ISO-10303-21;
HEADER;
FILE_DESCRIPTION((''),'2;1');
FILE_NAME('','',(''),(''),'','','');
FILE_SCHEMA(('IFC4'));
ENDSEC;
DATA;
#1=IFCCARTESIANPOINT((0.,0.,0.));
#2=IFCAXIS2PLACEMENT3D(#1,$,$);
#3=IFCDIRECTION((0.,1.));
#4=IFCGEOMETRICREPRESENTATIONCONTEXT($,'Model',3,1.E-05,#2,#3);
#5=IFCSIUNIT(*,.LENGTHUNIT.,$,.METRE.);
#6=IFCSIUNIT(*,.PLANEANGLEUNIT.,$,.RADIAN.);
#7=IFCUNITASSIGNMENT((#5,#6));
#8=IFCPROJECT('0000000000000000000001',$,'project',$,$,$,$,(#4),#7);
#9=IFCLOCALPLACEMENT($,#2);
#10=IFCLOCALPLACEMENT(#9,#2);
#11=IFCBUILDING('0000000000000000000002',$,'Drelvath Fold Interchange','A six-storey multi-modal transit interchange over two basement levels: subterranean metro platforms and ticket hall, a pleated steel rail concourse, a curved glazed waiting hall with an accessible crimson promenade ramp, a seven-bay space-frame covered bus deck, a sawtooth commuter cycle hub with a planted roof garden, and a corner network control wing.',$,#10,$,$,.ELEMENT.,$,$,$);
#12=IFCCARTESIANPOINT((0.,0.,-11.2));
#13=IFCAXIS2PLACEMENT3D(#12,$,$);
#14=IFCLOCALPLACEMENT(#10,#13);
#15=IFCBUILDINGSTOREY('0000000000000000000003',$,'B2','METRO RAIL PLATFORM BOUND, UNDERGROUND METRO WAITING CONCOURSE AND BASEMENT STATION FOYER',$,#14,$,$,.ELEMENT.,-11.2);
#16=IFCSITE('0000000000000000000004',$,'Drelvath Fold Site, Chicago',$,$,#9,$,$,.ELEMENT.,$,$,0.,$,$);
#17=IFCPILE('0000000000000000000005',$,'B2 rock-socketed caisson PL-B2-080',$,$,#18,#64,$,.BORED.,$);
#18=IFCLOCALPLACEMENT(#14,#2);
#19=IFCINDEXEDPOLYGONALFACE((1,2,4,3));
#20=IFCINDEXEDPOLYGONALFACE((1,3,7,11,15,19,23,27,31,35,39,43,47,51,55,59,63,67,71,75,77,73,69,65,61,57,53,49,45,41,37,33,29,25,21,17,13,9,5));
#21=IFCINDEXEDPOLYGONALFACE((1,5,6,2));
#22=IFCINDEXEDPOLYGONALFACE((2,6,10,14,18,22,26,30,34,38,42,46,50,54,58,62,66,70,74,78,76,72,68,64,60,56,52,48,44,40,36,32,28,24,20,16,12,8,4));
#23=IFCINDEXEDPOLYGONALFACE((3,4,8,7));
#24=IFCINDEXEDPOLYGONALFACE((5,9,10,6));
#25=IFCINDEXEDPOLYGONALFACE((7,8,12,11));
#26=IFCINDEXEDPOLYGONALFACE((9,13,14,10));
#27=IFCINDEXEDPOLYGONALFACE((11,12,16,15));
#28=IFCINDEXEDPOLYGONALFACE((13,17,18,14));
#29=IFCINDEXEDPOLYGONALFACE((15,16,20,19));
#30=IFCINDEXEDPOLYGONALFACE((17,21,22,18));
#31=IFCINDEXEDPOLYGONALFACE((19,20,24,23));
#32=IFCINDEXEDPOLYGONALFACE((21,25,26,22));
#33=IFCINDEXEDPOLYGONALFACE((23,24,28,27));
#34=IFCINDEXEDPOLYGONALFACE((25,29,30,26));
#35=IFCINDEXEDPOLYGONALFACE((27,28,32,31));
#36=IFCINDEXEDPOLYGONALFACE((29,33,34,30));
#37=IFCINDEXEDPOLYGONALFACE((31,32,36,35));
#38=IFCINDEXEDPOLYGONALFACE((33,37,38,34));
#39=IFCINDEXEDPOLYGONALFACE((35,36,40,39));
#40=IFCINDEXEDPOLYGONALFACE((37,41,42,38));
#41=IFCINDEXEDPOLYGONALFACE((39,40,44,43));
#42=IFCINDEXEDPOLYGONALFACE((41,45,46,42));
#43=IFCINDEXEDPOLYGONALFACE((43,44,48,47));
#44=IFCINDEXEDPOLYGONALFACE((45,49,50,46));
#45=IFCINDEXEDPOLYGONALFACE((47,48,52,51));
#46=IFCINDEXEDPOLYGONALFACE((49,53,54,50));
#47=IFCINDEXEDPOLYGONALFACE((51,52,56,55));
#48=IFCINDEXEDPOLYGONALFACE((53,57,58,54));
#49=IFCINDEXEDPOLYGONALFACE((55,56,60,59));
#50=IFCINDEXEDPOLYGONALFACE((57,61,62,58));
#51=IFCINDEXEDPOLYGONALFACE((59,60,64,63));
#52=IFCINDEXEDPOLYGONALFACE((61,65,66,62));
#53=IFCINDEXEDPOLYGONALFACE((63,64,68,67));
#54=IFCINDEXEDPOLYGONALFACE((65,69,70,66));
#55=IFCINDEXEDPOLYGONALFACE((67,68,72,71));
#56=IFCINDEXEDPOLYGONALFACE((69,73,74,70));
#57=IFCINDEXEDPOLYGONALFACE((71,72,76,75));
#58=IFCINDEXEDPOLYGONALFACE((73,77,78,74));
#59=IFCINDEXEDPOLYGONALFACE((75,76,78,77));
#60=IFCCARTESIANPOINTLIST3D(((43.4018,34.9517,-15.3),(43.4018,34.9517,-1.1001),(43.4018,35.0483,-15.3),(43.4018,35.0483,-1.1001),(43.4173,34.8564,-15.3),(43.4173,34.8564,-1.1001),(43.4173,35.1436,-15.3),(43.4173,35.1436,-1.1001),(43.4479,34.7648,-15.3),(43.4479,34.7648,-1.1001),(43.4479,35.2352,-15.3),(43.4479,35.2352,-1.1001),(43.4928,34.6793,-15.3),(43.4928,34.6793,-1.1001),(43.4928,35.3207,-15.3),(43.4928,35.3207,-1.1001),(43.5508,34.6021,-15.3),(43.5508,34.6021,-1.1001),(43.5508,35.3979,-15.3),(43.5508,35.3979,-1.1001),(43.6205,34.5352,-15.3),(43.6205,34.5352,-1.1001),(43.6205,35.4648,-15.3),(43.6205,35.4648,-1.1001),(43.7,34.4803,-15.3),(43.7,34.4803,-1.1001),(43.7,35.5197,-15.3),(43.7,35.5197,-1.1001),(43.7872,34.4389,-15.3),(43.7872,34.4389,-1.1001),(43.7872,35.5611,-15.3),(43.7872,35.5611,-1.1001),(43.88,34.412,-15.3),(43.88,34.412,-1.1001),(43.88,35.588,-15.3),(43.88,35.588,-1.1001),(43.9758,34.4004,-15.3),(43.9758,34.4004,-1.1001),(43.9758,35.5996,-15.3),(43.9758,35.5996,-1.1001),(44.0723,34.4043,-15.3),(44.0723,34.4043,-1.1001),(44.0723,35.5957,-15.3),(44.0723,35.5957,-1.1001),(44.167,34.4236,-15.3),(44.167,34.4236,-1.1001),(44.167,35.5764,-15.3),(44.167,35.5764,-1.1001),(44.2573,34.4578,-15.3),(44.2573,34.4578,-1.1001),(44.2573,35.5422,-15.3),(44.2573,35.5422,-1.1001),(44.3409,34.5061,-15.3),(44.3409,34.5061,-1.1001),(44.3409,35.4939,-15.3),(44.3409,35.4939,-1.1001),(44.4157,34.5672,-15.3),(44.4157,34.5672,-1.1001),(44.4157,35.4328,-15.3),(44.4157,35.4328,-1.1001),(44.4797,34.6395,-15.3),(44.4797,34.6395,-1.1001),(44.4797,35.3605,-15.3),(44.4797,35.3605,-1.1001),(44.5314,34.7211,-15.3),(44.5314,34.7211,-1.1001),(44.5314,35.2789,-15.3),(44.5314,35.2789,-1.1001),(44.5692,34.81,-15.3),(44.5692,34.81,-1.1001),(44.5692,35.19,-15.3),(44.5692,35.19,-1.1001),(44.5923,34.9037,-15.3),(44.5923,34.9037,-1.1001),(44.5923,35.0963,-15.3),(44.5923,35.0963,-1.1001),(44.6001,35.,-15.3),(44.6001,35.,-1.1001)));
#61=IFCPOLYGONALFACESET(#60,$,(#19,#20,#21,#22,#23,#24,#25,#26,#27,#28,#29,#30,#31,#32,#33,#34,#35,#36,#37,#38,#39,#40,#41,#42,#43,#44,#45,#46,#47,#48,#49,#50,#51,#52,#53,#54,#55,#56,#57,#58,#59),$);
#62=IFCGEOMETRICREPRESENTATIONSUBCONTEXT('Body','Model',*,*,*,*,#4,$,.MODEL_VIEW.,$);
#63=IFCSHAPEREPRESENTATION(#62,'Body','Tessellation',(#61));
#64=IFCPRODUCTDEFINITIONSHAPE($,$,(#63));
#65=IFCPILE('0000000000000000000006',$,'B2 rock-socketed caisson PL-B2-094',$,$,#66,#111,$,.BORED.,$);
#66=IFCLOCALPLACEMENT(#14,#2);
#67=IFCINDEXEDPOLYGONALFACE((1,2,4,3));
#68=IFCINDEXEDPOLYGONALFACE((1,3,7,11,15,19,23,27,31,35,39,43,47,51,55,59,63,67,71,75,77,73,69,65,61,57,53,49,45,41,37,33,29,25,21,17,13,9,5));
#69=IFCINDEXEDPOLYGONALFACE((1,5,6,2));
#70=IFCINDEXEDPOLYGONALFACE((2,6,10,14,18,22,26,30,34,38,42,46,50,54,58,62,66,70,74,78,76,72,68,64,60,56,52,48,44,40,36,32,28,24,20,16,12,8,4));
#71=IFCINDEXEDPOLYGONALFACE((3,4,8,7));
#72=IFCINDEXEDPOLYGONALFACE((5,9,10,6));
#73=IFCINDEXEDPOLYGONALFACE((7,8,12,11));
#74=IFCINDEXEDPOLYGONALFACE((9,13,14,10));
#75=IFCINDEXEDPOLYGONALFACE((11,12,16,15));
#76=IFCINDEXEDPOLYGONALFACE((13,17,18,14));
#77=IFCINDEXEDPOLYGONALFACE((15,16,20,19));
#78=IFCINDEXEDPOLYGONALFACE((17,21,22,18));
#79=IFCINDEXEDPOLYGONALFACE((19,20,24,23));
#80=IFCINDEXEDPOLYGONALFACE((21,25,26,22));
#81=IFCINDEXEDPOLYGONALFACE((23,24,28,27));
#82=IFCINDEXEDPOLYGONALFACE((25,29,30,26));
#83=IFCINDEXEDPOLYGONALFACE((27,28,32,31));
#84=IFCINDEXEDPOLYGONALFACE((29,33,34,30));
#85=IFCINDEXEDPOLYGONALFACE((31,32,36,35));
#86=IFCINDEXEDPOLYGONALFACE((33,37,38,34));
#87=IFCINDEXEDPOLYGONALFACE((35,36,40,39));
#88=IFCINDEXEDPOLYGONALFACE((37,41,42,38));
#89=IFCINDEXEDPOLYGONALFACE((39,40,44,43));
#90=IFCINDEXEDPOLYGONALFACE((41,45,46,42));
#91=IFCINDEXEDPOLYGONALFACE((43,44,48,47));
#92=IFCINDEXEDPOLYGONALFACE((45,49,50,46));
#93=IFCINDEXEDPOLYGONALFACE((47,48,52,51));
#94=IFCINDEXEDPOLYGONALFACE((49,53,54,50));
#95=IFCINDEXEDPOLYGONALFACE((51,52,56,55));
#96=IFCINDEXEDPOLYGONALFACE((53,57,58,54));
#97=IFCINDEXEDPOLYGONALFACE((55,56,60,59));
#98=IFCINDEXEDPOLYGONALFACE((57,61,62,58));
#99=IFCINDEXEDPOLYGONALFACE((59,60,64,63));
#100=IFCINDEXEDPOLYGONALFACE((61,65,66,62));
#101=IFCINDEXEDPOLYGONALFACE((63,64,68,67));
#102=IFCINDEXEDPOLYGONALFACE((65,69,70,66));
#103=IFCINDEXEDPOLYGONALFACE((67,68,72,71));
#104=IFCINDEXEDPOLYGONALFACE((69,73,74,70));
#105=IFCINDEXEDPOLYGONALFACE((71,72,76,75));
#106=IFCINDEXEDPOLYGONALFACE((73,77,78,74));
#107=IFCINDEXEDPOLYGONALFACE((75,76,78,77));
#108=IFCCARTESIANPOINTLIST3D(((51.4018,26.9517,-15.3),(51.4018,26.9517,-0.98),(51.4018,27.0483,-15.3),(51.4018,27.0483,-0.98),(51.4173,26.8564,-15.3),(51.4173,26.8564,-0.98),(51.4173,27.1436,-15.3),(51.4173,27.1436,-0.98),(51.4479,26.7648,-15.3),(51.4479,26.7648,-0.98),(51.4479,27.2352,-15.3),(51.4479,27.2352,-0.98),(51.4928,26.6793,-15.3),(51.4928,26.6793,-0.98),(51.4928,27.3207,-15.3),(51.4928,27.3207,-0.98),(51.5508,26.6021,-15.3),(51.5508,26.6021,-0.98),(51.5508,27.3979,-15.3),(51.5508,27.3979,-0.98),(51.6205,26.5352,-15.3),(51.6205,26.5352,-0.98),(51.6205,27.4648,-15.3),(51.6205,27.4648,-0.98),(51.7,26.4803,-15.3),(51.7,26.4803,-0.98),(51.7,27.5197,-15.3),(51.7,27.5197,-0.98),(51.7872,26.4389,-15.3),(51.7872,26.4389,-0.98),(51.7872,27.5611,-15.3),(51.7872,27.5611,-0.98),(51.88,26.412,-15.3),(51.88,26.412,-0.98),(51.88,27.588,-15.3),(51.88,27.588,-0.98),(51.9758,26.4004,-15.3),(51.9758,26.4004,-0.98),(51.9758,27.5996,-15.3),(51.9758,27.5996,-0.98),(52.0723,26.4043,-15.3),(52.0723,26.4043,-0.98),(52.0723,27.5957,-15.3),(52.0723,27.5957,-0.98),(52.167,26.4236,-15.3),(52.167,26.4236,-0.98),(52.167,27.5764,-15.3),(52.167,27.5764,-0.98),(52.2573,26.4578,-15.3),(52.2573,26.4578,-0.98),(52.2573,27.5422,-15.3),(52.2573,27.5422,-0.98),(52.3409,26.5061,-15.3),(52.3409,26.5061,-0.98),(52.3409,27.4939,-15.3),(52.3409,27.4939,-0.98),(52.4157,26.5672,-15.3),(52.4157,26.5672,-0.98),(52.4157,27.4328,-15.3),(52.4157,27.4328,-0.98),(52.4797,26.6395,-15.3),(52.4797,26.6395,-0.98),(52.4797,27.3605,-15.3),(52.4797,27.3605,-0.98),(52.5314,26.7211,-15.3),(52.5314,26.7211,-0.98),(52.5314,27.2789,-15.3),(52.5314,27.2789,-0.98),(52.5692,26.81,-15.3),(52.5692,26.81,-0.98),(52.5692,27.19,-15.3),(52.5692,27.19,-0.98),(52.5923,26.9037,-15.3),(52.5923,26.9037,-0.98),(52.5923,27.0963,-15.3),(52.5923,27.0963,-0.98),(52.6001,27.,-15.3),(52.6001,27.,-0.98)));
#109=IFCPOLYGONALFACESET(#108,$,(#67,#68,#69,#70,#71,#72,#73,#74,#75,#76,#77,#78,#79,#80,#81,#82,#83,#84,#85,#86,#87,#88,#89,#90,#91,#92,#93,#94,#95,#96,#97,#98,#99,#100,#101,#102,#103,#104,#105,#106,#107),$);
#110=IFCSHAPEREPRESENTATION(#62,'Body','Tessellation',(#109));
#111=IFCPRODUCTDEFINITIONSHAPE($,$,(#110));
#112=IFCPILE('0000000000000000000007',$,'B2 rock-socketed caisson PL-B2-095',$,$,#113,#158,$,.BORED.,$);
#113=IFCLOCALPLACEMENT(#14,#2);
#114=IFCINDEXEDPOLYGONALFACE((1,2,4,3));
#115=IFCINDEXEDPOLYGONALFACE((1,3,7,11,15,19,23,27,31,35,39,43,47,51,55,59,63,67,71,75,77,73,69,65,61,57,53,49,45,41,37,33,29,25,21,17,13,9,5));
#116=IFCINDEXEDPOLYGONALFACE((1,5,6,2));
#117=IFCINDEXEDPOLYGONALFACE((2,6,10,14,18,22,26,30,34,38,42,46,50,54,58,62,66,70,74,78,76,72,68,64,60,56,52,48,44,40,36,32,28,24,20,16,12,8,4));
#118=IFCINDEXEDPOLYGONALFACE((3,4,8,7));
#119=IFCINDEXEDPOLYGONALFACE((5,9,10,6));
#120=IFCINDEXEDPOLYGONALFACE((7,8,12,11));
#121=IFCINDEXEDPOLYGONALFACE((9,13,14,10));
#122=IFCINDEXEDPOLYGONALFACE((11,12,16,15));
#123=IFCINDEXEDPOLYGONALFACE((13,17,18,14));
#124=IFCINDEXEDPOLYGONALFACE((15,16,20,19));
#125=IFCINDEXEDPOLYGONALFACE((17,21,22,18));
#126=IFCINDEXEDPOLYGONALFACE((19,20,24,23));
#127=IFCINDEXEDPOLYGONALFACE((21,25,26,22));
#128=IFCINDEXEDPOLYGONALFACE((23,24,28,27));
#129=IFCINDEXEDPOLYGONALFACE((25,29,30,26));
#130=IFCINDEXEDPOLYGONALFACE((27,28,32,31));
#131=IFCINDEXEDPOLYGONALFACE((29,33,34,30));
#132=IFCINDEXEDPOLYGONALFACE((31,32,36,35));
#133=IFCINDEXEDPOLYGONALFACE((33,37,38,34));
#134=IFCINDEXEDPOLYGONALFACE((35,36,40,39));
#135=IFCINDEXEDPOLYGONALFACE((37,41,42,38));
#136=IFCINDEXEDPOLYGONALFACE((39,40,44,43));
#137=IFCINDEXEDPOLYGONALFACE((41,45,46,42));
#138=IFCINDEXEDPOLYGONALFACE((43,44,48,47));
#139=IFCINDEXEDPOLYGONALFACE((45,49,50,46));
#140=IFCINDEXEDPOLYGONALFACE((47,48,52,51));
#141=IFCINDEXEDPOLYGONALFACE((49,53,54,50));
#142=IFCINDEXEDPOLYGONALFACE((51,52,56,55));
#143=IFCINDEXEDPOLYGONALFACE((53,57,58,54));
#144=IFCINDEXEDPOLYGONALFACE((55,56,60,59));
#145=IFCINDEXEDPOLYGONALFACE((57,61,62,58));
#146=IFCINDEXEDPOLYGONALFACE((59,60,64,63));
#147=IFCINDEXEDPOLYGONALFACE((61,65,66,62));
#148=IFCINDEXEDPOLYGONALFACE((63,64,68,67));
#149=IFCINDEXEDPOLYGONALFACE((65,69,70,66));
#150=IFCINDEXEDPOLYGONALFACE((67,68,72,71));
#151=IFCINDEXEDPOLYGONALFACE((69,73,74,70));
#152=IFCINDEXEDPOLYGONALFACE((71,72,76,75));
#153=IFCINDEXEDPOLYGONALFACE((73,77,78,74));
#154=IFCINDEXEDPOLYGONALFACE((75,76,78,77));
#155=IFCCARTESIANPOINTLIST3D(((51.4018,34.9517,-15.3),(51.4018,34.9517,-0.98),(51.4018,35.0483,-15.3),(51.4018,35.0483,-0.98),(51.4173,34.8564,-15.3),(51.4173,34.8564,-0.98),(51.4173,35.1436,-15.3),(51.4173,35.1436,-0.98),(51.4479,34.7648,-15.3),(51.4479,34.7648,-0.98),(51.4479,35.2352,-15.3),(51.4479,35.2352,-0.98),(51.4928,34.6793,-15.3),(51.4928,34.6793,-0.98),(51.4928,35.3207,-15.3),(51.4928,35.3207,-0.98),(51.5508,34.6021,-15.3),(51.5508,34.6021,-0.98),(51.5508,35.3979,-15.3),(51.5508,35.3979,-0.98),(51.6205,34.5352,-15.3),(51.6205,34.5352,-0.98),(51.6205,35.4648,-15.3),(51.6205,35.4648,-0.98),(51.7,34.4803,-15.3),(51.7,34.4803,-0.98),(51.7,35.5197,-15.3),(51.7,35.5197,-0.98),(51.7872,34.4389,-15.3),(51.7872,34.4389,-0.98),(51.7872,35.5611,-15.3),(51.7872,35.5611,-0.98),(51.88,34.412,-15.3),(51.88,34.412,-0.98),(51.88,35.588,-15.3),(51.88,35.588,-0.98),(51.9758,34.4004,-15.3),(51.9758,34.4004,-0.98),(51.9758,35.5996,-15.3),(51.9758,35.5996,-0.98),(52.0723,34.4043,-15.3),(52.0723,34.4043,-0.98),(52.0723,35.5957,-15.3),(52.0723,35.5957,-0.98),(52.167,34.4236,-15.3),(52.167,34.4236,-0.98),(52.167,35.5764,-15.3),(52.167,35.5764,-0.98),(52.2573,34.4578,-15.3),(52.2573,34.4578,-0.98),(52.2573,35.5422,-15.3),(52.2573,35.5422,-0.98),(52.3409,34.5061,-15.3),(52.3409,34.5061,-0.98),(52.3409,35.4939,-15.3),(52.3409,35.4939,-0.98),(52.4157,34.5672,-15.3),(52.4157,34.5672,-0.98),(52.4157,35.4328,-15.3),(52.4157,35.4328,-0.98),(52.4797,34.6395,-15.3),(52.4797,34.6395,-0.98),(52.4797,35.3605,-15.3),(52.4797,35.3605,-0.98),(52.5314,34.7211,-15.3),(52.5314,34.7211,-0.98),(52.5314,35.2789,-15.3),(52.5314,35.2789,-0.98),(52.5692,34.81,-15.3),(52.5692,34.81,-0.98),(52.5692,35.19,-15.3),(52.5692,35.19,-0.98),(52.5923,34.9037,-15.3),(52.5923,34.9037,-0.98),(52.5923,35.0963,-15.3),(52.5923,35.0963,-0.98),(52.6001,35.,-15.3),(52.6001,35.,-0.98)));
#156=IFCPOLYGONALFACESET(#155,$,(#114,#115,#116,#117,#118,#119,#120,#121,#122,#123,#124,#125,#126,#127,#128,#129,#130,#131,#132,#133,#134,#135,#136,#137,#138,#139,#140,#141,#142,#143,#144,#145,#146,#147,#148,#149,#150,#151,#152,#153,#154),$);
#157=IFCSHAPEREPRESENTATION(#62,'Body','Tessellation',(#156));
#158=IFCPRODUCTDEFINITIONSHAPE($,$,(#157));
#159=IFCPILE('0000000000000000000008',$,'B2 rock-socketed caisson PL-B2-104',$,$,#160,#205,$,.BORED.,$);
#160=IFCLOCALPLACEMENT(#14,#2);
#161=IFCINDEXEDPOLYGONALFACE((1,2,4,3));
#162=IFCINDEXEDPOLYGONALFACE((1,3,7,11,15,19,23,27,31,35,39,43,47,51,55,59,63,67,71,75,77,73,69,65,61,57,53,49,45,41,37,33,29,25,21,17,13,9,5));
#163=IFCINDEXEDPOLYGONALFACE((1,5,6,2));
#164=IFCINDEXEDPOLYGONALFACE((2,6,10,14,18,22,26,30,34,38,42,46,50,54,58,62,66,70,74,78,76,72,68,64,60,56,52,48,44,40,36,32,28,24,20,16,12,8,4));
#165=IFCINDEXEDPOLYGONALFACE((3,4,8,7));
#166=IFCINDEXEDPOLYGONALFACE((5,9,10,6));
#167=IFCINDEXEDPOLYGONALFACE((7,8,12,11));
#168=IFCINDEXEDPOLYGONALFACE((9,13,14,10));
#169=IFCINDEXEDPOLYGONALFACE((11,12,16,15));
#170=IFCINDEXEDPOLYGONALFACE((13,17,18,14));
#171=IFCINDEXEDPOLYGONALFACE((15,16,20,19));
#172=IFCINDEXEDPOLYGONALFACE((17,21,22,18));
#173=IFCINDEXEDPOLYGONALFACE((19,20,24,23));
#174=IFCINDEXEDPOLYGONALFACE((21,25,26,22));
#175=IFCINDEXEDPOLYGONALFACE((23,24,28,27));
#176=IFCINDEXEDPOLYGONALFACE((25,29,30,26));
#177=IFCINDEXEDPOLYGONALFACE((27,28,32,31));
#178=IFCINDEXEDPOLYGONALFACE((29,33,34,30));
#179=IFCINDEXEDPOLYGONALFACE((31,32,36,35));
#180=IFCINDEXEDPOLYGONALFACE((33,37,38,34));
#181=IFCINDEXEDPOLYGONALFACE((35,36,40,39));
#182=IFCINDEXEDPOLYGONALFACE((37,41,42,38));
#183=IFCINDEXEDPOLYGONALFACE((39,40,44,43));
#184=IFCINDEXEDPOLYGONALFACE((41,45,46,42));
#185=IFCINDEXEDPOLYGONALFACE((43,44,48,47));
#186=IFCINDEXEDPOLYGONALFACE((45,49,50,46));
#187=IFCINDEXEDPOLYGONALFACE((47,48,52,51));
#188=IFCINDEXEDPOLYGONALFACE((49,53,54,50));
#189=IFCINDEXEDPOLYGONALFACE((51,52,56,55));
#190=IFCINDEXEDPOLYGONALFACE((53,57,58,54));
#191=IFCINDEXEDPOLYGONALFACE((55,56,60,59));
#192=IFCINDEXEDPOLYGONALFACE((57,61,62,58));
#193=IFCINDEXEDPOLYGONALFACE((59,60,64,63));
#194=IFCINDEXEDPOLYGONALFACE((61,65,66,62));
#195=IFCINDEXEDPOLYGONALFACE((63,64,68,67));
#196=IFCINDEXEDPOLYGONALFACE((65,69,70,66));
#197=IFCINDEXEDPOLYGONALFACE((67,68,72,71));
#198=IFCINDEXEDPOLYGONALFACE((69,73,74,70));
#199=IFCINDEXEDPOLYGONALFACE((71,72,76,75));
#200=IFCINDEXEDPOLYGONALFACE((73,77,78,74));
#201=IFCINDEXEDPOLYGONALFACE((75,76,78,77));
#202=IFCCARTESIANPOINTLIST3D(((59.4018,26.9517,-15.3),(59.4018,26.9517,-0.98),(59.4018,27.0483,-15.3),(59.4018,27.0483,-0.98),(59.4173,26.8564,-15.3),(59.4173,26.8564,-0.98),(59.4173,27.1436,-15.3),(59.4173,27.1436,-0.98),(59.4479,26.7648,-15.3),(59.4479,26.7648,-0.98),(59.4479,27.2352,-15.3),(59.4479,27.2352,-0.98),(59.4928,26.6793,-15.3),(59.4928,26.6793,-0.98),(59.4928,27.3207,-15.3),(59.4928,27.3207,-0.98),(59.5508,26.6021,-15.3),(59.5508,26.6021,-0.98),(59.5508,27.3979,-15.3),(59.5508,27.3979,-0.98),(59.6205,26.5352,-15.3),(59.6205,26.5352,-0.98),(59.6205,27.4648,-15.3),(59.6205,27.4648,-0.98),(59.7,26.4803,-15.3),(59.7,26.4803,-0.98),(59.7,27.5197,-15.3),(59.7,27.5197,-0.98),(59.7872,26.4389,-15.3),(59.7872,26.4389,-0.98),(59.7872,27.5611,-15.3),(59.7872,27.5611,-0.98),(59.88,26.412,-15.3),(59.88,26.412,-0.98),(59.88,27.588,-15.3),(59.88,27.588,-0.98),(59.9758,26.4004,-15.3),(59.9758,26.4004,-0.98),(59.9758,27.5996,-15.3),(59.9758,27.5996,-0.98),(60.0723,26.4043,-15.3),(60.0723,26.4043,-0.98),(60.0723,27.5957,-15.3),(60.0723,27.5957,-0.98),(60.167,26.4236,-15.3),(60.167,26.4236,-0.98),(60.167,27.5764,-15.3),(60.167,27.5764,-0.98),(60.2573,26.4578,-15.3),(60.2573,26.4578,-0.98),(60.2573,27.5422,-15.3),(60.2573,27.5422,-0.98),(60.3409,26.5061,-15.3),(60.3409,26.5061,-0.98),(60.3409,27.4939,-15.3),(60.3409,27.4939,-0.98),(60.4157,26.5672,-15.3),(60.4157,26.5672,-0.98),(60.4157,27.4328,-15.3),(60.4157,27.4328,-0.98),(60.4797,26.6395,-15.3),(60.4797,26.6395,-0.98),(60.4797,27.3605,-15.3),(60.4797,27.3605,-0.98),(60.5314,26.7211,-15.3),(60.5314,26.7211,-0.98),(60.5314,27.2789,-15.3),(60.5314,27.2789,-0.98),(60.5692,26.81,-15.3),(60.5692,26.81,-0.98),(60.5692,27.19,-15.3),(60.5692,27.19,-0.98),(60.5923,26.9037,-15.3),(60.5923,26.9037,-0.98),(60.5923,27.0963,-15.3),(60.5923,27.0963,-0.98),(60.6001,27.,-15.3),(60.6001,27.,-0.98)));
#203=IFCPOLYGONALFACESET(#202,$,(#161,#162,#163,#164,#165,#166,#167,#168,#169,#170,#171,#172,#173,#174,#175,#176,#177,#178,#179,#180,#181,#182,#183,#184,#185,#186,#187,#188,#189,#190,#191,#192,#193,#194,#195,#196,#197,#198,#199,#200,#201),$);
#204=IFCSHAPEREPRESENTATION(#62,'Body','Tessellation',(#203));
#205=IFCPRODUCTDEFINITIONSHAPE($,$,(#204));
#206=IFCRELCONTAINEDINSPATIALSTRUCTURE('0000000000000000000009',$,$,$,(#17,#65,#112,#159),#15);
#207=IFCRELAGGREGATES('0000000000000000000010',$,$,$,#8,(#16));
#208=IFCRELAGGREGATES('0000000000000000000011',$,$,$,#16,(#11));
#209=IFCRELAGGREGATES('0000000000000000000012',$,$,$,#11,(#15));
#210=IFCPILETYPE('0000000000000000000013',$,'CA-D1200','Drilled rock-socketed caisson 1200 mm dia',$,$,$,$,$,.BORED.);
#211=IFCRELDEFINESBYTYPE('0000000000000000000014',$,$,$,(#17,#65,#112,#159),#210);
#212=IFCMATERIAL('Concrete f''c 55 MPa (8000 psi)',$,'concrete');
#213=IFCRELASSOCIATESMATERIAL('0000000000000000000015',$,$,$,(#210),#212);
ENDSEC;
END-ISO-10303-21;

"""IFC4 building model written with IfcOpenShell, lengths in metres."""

from ifc_helpers import new_model, si_unit, direction, frame, origin, origin_2d, place, context, subcontext, project, spatial, circle, extrude, material, material_profile, profile_set, type_object, element, save


model = new_model("IFC4")

# Units and contexts
model_context = context("Model", 3, precision=1e-05, world=origin(), true_north=direction((0.0, 1.0)))
body_context = subcontext(model_context, "Body", "Model", "MODEL_VIEW")
ifc_project = project(units=[si_unit("LENGTHUNIT", "METRE"), si_unit("PLANEANGLEUNIT", "RADIAN")], contexts=[model_context])

# Site, building, storey
site_placement = place(None, origin())
site = spatial("IfcSite", under=ifc_project, at=site_placement, Name="Drelvath Fold Site, Chicago", CompositionType="ELEMENT", RefElevation=0.0)
building_placement = place(site_placement, origin())
building = spatial("IfcBuilding", under=site, at=building_placement, Name="Drelvath Fold Interchange", Description="A six-storey multi-modal transit interchange over two basement levels: subterranean metro platforms and ticket hall, a pleated steel rail concourse, a curved glazed waiting hall with an accessible crimson promenade ramp, a seven-bay space-frame covered bus deck, a sawtooth commuter cycle hub with a planted roof garden, and a corner network control wing.", CompositionType="ELEMENT")
storey_placement = place(building_placement, frame((0.0, 0.0, -11.2)))
storey = spatial("IfcBuildingStorey", under=building, at=storey_placement, Name="B2", Description="METRO RAIL PLATFORM BOUND, UNDERGROUND METRO WAITING CONCOURSE AND BASEMENT STATION FOYER", CompositionType="ELEMENT", Elevation=-11.2)

# Piles
ifc_material_1 = material(Name="Concrete f'c 55 MPa (8000 psi)", Category="concrete")
ifc_material_profile_1 = material_profile(ifc_material_1, circle(Radius=0.6001, at=origin_2d()), Name="CAISSON D1200")
ifc_profile_set_1 = profile_set([ifc_material_profile_1], Name="Concrete f'c 55 MPa (8000 psi)")
pile_type_1 = type_object("IfcPileType", Name="CA-D1200", Description="Drilled rock-socketed caisson 1200 mm dia", PredefinedType="BORED", material=ifc_profile_set_1)
pile_1_placement = place(storey_placement, frame((44.0, 35.0, -1.1001), z_axis=(0.0, 0.0, -1.0), x_axis=(1.0, 0.0, 0.0)))
element("IfcPile", 1, at=pile_1_placement, inside=storey, type_object=pile_type_1, Name="B2 rock-socketed caisson PL-B2-080", PredefinedType="BORED", context=body_context, shape_type="SweptSolid", body=[
    extrude(circle(Radius=0.6001, at=origin_2d()), origin(), (0.0, 0.0, 1.0), 14.2),
])
for number, where, z_axis, x_axis, name in (
    (2, (52.0, 27.0, -0.98), (0.0, 0.0, -1.0), (1.0, 0.0, 0.0), "B2 rock-socketed caisson PL-B2-094"),
    (3, (52.0, 35.0, -0.98), (0.0, 0.0, -1.0), (1.0, 0.0, 0.0), "B2 rock-socketed caisson PL-B2-095"),
    (4, (60.0, 27.0, -0.98), (0.0, 0.0, -1.0), (1.0, 0.0, 0.0), "B2 rock-socketed caisson PL-B2-104"),
):
    element("IfcPile", number, at=place(storey_placement, frame(where, z_axis=z_axis, x_axis=x_axis)), inside=storey, type_object=pile_type_1, Name=name, PredefinedType="BORED", context=body_context, shape_type="SweptSolid", body=[
        extrude(circle(Radius=0.6001, at=origin_2d()), origin(), (0.0, 0.0, 1.0), 14.3201),
    ])

save(model, "model.ifc")
